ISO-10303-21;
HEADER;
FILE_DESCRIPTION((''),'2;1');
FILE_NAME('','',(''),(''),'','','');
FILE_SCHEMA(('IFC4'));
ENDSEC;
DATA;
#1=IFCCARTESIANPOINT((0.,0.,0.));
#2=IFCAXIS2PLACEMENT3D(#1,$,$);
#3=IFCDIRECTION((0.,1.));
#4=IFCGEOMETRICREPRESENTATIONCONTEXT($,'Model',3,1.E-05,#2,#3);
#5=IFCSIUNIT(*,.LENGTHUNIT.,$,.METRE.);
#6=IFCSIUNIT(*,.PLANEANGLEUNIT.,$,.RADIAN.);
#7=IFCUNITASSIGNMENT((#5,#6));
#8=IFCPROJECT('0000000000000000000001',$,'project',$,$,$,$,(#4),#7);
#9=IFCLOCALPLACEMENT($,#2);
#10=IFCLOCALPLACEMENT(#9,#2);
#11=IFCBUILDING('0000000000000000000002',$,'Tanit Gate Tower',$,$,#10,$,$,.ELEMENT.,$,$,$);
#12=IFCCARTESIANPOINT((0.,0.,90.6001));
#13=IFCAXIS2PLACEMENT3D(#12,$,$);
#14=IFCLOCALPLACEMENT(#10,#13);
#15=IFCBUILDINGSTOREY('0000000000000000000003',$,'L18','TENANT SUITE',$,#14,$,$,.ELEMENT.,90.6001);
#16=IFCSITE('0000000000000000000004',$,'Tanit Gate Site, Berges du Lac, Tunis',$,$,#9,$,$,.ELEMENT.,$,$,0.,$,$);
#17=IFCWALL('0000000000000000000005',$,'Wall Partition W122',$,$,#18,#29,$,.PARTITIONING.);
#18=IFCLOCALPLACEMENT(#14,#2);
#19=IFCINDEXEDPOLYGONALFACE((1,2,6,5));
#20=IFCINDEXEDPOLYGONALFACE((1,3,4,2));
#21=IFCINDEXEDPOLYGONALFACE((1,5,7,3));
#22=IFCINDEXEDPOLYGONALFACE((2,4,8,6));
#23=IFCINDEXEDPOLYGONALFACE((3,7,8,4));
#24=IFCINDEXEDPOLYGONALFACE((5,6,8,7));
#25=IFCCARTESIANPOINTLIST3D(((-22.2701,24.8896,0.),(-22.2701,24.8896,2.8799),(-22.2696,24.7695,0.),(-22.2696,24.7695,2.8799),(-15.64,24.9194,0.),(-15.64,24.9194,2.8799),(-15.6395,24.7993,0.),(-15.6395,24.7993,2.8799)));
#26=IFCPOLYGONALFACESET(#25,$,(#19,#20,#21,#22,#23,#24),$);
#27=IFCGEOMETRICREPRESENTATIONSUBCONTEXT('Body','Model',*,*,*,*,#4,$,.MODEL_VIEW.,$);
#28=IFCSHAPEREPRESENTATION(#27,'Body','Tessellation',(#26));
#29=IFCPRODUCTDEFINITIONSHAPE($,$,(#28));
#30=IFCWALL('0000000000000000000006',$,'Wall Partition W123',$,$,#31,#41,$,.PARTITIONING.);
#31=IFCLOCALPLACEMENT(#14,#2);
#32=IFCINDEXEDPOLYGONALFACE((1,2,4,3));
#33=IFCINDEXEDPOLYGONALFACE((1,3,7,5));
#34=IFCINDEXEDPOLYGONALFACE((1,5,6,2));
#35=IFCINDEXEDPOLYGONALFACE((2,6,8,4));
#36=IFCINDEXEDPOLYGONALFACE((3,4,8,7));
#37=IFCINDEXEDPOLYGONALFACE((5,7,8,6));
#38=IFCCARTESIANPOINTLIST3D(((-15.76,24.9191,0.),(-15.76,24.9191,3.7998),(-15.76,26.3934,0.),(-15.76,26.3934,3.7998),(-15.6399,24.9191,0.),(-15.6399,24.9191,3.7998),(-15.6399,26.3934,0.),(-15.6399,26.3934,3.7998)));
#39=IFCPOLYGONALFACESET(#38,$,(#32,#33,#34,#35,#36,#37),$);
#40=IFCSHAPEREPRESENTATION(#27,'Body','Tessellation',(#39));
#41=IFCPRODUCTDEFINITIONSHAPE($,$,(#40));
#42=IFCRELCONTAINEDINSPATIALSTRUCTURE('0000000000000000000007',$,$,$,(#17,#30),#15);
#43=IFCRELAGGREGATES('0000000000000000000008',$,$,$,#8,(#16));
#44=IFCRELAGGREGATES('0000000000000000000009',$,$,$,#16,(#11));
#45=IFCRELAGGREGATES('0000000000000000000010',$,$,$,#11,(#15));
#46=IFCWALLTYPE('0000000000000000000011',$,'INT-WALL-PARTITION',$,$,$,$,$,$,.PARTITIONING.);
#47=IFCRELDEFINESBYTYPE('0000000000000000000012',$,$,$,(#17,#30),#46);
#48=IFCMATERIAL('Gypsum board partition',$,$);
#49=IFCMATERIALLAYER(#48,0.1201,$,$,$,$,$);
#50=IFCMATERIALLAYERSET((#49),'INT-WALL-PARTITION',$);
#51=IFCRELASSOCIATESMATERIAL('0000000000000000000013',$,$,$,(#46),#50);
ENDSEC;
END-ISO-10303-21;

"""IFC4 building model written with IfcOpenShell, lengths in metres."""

from ifc_helpers import new_model, si_unit, direction, frame, frame_2d, origin, place, context, subcontext, project, spatial, rectangle, extrude, material, layer, layer_set, type_object, element, save


model = new_model("IFC4")

# Units and contexts
model_context = context("Model", 3, precision=1e-05, world=origin(), true_north=direction((0.0, 1.0)))
body_context = subcontext(model_context, "Body", "Model", "MODEL_VIEW")
ifc_project = project(units=[si_unit("LENGTHUNIT", "METRE"), si_unit("PLANEANGLEUNIT", "RADIAN")], contexts=[model_context])

# Site, building, storey
site_placement = place(None, origin())
site = spatial("IfcSite", under=ifc_project, at=site_placement, Name="Tanit Gate Site, Berges du Lac, Tunis", CompositionType="ELEMENT", RefElevation=0.0)
building_placement = place(site_placement, origin())
building = spatial("IfcBuilding", under=site, at=building_placement, Name="Tanit Gate Tower", CompositionType="ELEMENT")
storey_placement = place(building_placement, frame((0.0, 0.0, 90.6001)))
storey = spatial("IfcBuildingStorey", under=building, at=storey_placement, Name="L18", Description="TENANT SUITE", CompositionType="ELEMENT", Elevation=90.6001)

# Shared definitions
ifc_material_1 = material(Name="Gypsum board partition")
ifc_layer_1 = layer(ifc_material_1, 0.1201)
ifc_layer_set_1 = layer_set([ifc_layer_1], Name="INT-WALL-PARTITION")
wall_type_1 = type_object("IfcWallType", Name="INT-WALL-PARTITION", PredefinedType="PARTITIONING", material=ifc_layer_set_1)

# Walls
wall_1_placement = place(storey_placement, frame((-15.6399, 24.8594, 0.0), z_axis=(0.0, 0.0, 1.0), x_axis=(-0.99999, -0.004492, 0.0)))
element("IfcWall", 1, at=wall_1_placement, inside=storey, type_object=wall_type_1, Name="Wall Partition W122", PredefinedType="PARTITIONING", context=body_context, shape_type="SweptSolid", body=[
    extrude(rectangle(XDim=6.6301, YDim=0.1201, at=frame_2d((3.3149, 0.0))), origin(), (0.0, 0.0, 1.0), 2.8799),
])
wall_2_placement = place(storey_placement, frame((-15.7, 24.9189, 0.0), z_axis=(0.0, 0.0, 1.0), x_axis=(0.0, 1.0, 0.0)))
element("IfcWall", 2, at=wall_2_placement, inside=storey, type_object=wall_type_1, Name="Wall Partition W123", PredefinedType="PARTITIONING", context=body_context, shape_type="SweptSolid", body=[
    extrude(rectangle(XDim=1.4744, YDim=0.1201, at=frame_2d((0.7373, 0.0))), origin(), (0.0, 0.0, 1.0), 3.7998),
])

save(model, "model.ifc")
